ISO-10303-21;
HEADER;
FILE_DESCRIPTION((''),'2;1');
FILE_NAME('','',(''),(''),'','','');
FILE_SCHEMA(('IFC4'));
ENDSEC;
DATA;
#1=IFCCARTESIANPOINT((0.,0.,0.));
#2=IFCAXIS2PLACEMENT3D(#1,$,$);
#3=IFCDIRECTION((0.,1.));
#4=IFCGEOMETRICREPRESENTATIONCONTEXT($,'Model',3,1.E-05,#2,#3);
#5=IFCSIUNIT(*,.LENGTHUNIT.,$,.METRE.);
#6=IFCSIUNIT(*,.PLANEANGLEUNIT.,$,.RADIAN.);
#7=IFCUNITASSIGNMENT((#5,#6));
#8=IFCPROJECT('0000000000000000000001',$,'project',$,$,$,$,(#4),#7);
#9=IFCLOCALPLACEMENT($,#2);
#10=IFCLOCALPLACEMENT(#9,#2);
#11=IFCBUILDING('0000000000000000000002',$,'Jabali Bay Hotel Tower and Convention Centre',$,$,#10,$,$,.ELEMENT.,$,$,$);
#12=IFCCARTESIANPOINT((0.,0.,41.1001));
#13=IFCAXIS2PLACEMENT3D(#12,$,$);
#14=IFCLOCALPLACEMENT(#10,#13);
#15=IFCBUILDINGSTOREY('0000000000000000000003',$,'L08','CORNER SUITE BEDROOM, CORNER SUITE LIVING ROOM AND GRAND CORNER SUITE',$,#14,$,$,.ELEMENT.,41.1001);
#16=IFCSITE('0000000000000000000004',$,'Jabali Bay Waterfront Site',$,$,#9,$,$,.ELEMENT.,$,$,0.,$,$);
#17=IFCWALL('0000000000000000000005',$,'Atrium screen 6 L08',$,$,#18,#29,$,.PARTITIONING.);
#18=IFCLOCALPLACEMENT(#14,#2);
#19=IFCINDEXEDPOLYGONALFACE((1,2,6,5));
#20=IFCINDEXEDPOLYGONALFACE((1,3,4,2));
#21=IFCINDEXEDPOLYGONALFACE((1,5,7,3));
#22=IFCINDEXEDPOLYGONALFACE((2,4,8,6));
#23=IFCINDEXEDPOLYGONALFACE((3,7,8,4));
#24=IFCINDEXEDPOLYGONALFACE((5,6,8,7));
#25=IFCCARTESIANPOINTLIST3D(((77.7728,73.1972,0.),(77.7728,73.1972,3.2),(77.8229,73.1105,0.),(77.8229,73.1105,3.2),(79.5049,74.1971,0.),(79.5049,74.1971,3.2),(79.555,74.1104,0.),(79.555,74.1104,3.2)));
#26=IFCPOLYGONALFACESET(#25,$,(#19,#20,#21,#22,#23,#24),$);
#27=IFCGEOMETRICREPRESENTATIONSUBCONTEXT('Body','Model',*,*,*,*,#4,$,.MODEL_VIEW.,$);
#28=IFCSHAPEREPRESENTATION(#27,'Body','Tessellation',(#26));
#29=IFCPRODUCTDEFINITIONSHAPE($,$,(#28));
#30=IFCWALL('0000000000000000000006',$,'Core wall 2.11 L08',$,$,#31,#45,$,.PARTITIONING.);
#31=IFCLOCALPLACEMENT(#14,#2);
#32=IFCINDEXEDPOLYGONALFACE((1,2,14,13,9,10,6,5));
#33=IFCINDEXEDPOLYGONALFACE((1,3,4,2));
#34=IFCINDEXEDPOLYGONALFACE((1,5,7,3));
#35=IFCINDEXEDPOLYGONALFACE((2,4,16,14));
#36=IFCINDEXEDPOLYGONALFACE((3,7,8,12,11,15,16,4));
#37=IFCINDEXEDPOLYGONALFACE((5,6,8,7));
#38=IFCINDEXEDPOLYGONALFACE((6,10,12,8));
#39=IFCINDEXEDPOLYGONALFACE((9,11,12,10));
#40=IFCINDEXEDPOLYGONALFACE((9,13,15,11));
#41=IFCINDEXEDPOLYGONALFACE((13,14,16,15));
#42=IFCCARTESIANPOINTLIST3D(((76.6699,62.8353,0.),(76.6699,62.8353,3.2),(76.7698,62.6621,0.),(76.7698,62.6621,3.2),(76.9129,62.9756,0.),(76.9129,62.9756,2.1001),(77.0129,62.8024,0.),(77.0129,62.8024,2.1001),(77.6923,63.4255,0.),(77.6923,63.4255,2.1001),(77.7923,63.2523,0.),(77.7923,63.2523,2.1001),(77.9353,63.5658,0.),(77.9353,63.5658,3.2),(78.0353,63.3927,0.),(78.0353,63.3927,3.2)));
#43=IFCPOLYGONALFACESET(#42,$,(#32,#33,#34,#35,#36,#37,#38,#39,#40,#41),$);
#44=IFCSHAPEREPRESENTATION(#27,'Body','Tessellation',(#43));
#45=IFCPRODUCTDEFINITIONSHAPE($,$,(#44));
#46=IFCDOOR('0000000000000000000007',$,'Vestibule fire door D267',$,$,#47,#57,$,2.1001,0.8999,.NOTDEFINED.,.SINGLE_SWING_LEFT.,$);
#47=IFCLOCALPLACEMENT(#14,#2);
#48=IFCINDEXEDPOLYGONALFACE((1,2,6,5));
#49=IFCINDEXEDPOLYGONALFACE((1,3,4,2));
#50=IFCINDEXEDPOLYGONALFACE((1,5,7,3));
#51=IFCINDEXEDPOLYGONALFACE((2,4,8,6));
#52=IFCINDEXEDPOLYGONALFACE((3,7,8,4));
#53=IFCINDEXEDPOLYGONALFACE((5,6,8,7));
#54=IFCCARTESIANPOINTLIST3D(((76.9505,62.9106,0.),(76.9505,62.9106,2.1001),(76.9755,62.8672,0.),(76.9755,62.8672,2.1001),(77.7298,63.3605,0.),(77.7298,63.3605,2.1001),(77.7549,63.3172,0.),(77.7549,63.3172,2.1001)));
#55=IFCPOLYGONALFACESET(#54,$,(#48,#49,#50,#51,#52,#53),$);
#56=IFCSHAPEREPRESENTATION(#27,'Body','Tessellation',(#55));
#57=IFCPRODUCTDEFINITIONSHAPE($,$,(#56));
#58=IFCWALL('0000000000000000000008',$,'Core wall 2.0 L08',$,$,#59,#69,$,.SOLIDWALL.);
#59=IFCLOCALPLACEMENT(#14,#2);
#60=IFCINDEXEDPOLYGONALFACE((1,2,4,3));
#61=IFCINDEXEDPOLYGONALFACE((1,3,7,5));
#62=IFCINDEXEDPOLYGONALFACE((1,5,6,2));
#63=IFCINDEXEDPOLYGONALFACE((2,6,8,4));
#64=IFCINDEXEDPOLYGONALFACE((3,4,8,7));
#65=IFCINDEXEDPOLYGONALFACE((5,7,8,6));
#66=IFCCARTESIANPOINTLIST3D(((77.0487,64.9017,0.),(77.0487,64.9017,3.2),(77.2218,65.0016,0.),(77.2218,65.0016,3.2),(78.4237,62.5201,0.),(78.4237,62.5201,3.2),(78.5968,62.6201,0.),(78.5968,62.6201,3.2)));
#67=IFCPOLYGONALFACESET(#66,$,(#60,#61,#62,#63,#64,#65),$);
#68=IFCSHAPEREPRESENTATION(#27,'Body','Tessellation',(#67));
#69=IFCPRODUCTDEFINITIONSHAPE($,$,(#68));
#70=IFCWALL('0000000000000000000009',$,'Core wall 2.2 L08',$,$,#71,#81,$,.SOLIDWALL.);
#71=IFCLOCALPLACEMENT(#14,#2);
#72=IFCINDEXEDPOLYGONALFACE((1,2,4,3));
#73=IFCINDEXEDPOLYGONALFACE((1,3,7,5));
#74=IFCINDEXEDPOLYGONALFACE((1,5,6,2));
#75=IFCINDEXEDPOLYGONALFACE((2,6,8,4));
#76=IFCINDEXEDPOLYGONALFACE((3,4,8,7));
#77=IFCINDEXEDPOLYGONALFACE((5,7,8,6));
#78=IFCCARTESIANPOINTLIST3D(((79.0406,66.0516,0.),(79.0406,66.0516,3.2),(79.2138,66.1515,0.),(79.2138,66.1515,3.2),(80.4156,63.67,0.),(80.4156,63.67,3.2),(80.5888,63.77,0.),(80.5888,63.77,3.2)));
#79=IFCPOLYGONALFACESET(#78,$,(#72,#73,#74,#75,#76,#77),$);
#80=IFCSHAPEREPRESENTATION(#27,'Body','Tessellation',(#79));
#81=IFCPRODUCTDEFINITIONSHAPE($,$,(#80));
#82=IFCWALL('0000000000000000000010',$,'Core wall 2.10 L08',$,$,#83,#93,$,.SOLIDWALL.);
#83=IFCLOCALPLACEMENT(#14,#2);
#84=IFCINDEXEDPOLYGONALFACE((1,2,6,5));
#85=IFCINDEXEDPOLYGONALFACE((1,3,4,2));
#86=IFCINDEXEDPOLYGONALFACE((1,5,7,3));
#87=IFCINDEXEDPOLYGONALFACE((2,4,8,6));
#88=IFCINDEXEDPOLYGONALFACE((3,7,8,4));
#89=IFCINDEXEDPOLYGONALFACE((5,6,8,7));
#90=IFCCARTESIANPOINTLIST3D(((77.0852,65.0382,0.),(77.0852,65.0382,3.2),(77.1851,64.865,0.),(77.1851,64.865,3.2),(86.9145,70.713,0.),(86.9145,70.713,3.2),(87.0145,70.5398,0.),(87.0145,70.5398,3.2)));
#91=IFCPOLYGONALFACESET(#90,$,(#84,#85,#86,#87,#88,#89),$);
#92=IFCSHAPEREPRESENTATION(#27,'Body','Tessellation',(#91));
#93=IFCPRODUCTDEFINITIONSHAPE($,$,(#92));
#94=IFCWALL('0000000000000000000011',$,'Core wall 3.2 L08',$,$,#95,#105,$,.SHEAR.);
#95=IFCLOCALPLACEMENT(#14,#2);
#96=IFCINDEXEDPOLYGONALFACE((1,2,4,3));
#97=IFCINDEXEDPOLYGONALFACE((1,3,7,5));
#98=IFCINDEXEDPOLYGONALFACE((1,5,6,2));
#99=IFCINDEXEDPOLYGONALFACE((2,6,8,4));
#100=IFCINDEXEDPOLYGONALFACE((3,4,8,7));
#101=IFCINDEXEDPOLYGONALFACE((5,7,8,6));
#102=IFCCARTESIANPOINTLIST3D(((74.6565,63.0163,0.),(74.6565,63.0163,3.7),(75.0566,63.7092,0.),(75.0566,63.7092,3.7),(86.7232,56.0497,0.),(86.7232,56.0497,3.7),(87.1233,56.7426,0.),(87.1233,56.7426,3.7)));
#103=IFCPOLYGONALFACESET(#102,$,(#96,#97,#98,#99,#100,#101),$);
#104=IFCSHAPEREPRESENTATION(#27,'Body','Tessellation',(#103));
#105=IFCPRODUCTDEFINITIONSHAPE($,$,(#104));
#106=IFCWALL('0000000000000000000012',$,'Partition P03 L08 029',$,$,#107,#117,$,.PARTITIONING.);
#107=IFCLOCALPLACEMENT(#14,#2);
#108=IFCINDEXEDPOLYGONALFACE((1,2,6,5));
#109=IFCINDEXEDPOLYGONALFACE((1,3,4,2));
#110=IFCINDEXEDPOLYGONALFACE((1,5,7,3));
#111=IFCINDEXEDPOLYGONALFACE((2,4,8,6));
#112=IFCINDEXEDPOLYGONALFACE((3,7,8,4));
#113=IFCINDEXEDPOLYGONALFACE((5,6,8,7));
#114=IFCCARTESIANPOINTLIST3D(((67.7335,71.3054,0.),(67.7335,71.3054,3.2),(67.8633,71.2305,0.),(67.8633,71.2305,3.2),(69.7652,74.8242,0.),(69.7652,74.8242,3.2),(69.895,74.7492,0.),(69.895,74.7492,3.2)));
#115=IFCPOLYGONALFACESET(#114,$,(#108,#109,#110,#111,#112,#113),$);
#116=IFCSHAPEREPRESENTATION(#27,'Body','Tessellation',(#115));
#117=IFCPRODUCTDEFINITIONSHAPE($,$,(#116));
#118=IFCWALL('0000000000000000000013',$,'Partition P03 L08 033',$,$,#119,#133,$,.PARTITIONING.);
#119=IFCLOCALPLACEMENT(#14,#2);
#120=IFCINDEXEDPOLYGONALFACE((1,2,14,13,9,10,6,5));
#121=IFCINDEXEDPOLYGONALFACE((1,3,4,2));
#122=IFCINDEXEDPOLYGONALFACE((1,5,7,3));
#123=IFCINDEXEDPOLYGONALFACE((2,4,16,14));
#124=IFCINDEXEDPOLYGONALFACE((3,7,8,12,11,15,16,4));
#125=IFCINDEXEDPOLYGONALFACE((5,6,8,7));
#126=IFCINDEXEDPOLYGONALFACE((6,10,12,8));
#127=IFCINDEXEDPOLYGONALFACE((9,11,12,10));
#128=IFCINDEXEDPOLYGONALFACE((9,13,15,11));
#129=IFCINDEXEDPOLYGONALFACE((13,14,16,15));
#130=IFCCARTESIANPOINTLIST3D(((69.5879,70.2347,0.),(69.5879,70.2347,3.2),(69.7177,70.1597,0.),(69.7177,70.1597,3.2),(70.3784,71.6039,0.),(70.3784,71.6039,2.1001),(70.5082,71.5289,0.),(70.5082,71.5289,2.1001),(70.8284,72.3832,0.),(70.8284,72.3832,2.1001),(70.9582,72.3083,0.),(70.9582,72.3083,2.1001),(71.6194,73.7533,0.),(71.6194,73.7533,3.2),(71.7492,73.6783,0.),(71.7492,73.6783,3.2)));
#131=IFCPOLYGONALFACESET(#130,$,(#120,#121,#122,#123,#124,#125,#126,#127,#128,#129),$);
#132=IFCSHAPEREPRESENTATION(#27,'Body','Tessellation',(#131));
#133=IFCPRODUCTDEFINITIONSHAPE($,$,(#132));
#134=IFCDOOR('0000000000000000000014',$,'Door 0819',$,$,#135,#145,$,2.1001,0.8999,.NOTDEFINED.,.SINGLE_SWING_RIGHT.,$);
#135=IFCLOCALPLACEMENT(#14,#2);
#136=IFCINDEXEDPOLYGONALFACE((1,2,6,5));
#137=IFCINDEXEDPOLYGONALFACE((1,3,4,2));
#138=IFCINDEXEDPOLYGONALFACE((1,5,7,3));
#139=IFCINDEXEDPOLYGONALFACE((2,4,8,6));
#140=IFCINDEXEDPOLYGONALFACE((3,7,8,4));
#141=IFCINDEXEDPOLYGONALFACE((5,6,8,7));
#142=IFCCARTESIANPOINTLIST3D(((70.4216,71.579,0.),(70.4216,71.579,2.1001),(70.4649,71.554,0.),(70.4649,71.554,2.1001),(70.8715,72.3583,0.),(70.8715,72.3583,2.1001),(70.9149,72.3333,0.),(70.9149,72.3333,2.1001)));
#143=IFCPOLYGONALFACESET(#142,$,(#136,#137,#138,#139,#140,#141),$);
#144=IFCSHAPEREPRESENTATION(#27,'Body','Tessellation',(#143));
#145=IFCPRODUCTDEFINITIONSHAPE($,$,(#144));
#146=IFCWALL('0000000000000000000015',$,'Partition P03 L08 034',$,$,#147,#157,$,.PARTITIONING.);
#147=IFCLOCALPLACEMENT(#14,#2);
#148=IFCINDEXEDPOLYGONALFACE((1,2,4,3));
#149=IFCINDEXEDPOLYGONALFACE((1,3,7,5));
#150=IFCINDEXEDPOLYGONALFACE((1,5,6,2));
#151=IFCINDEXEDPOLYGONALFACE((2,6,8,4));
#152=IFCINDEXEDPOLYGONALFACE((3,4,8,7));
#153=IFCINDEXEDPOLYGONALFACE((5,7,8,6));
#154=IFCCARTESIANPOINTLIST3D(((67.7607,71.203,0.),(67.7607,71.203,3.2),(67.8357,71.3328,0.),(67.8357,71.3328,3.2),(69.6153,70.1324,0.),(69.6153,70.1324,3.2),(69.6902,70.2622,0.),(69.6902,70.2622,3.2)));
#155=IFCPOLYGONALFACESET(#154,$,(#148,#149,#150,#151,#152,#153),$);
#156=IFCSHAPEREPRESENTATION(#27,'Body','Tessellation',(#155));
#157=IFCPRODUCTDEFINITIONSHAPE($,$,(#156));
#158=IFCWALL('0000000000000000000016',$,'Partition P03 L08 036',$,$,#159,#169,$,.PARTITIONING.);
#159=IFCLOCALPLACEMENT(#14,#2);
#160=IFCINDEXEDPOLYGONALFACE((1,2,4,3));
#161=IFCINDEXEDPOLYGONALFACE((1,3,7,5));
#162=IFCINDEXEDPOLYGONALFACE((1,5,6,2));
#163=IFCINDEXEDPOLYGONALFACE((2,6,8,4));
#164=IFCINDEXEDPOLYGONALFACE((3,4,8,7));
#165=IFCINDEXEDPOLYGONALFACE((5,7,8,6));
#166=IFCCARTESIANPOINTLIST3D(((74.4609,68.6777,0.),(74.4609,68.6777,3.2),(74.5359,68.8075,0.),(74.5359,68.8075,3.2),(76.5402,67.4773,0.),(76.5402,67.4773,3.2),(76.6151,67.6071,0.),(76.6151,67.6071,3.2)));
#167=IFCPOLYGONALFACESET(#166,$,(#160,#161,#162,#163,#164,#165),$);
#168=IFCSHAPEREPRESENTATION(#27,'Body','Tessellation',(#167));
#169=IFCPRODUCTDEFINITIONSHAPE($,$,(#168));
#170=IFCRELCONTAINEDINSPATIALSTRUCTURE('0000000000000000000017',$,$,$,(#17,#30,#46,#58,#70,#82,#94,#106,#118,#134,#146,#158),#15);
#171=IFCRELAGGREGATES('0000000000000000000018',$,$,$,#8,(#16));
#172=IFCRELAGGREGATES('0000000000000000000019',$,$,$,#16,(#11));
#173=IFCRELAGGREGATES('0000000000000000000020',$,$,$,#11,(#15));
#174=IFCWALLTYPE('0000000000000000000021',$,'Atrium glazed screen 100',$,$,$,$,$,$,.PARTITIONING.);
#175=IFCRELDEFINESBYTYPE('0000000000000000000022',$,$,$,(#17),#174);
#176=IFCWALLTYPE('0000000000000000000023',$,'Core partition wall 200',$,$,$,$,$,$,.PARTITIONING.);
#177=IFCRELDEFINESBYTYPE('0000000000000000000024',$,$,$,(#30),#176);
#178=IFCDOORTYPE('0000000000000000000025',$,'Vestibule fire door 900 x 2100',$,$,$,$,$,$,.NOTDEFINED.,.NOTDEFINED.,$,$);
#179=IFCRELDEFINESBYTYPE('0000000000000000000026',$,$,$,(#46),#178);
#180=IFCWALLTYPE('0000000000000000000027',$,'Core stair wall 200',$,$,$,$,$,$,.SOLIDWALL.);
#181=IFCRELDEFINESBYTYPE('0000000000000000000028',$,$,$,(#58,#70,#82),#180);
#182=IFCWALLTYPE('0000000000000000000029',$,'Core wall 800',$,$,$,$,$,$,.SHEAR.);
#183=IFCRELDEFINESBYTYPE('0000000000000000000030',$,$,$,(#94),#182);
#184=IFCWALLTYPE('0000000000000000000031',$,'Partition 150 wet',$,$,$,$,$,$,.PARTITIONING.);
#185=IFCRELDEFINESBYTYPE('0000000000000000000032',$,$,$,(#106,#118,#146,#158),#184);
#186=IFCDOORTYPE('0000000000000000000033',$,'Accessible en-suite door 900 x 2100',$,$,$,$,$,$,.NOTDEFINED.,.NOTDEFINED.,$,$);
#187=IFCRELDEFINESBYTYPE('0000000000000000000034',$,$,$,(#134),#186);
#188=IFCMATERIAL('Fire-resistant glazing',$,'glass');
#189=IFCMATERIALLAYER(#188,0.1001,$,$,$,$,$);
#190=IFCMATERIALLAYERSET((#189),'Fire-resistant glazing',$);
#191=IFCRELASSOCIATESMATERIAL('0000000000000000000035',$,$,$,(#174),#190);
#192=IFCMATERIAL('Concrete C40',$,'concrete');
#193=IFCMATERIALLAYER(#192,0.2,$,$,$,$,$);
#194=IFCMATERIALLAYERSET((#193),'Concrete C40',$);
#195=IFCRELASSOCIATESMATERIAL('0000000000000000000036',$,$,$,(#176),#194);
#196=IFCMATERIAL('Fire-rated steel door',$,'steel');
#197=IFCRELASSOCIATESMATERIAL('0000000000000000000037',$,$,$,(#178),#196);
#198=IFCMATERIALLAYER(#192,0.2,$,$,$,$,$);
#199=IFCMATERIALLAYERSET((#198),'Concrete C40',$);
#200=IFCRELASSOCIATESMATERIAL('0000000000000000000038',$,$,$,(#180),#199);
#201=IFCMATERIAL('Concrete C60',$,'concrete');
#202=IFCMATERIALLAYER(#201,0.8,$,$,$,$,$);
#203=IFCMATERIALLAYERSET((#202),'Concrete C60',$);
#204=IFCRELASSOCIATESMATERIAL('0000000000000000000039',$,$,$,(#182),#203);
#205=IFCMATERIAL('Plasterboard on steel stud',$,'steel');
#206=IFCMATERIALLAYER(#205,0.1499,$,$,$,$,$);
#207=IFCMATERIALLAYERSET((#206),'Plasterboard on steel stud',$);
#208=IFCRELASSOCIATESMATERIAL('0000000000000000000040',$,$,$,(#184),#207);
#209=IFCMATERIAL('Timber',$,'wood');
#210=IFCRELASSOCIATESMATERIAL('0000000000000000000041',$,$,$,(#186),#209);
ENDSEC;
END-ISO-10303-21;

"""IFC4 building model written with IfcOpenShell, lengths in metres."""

from ifc_helpers import new_model, si_unit, direction, frame, frame_2d, origin, place, context, subcontext, project, spatial, rectangle, extrude, material, layer, layer_set, type_object, element, fill, save


model = new_model("IFC4")

# Units and contexts
model_context = context("Model", 3, precision=1e-05, world=origin(), true_north=direction((0.0, 1.0)))
body_context = subcontext(model_context, "Body", "Model", "MODEL_VIEW")
ifc_project = project(units=[si_unit("LENGTHUNIT", "METRE"), si_unit("PLANEANGLEUNIT", "RADIAN")], contexts=[model_context])

# Site, building, storey
site_placement = place(None, origin())
site = spatial("IfcSite", under=ifc_project, at=site_placement, Name="Jabali Bay Waterfront Site", CompositionType="ELEMENT", RefElevation=0.0)
building_placement = place(site_placement, origin())
building = spatial("IfcBuilding", under=site, at=building_placement, Name="Jabali Bay Hotel Tower and Convention Centre", CompositionType="ELEMENT")
storey_placement = place(building_placement, frame((0.0, 0.0, 41.1001)))
storey = spatial("IfcBuildingStorey", under=building, at=storey_placement, Name="L08", Description="CORNER SUITE BEDROOM, CORNER SUITE LIVING ROOM AND GRAND CORNER SUITE", CompositionType="ELEMENT", Elevation=41.1001)

# Wall
ifc_material_1 = material(Name="Fire-resistant glazing", Category="glass")
ifc_layer_1 = layer(ifc_material_1, 0.1001)
ifc_layer_set_1 = layer_set([ifc_layer_1], Name="Fire-resistant glazing")
wall_type_1 = type_object("IfcWallType", Name="Atrium glazed screen 100", PredefinedType="PARTITIONING", material=ifc_layer_set_1)
wall_1_placement = place(storey_placement, frame((77.7979, 73.1538, 0.0), z_axis=(0.0, 0.0, 1.0), x_axis=(0.866041, 0.499973, 0.0)))
element("IfcWall", 1, at=wall_1_placement, inside=storey, type_object=wall_type_1, Name="Atrium screen 6 L08", PredefinedType="PARTITIONING", context=body_context, shape_type="SweptSolid", body=[
    extrude(rectangle(XDim=2.0, YDim=0.1001, at=frame_2d((1.0, 0.0))), origin(), (0.0, 0.0, 1.0), 3.2),
])

# Wall, opening, door
ifc_material_2 = material(Name="Concrete C40", Category="concrete")
ifc_layer_2 = layer(ifc_material_2, 0.2)
ifc_layer_set_2 = layer_set([ifc_layer_2], Name="Concrete C40")
wall_type_2 = type_object("IfcWallType", Name="Core partition wall 200", PredefinedType="PARTITIONING", material=ifc_layer_set_2)
wall_2_placement = place(storey_placement, frame((76.72, 62.7488, 0.0), z_axis=(0.0, 0.0, 1.0), x_axis=(0.866055, 0.499949, 0.0)))
wall_2 = element("IfcWall", 2, at=wall_2_placement, inside=storey, type_object=wall_type_2, Name="Core wall 2.11 L08", PredefinedType="PARTITIONING", context=body_context, shape_type="SweptSolid", body=[
    extrude(rectangle(XDim=1.4612, YDim=0.2, at=frame_2d((0.7305, 0.0))), origin(), (0.0, 0.0, 1.0), 3.2),
])
opening_1_placement = place(wall_2_placement, frame((0.2805, 0.0, 0.0)))
opening_1 = element("IfcOpeningElement", 3, at=opening_1_placement, cuts=wall_2, PredefinedType="OPENING", context=body_context, shape_type="SweptSolid", body=[
    extrude(rectangle(XDim=0.8999, YDim=2.1001, at=frame_2d((0.45, 1.05))), frame((0.0, 0.1104, 0.0), z_axis=(0.0, -1.0, 0.0), x_axis=(1.0, 0.0, 0.0)), (0.0, 0.0, 1.0), 0.2209),
])
ifc_material_3 = material(Name="Fire-rated steel door", Category="steel")
door_type_1 = type_object("IfcDoorType", Name="Vestibule fire door 900 x 2100", OperationType="NOTDEFINED", PredefinedType="NOTDEFINED", material=ifc_material_3)
door_1_placement = place(opening_1_placement, origin())
door_1 = element("IfcDoor", 4, at=door_1_placement, inside=storey, type_object=door_type_1, Name="Vestibule fire door D267", OperationType="SINGLE_SWING_LEFT", OverallHeight=2.1001, OverallWidth=0.8999, PredefinedType="NOTDEFINED", context=body_context, shape_type="SweptSolid", body=[
    extrude(rectangle(XDim=0.8999, YDim=2.1001, at=frame_2d((0.45, 1.05))), frame((0.0, 0.0249, 0.0), z_axis=(0.0, -1.0, 0.0), x_axis=(1.0, 0.0, 0.0)), (0.0, 0.0, 1.0), 0.05),
])
fill(opening_1, door_1)

# Walls
ifc_layer_3 = layer(ifc_material_2, 0.2)
ifc_layer_set_3 = layer_set([ifc_layer_3], Name="Concrete C40")
wall_type_3 = type_object("IfcWallType", Name="Core stair wall 200", PredefinedType="SOLIDWALL", material=ifc_layer_set_3)
for number, where, z_axis, x_axis, name in (
    (5, (77.1353, 64.9517, 0.0), (0.0, 0.0, 1.0), (0.499997, -0.866027, 0.0), "Core wall 2.0 L08"),
    (6, (79.1272, 66.1016, 0.0), (0.0, 0.0, 1.0), (0.499997, -0.866027, 0.0), "Core wall 2.2 L08"),
):
    element("IfcWall", number, at=place(storey_placement, frame(where, z_axis=z_axis, x_axis=x_axis)), inside=storey, type_object=wall_type_3, Name=name, PredefinedType="SOLIDWALL", context=body_context, shape_type="SweptSolid", body=[
        extrude(rectangle(XDim=2.75, YDim=0.2, at=frame_2d((1.375, 0.0))), origin(), (0.0, 0.0, 1.0), 3.2),
    ])
wall_3_placement = place(storey_placement, frame((77.1353, 64.9517, 0.0), z_axis=(0.0, 0.0, 1.0), x_axis=(0.866032, 0.499989, 0.0)))
element("IfcWall", 7, at=wall_3_placement, inside=storey, type_object=wall_type_3, Name="Core wall 2.10 L08", PredefinedType="SOLIDWALL", context=body_context, shape_type="SweptSolid", body=[
    extrude(rectangle(XDim=11.3499, YDim=0.2, at=frame_2d((5.6748, 0.0))), origin(), (0.0, 0.0, 1.0), 3.2),
])
ifc_material_4 = material(Name="Concrete C60", Category="concrete")
ifc_layer_4 = layer(ifc_material_4, 0.8)
ifc_layer_set_4 = layer_set([ifc_layer_4], Name="Concrete C60")
wall_type_4 = type_object("IfcWallType", Name="Core wall 800", PredefinedType="SHEAR", material=ifc_layer_set_4)
wall_4_placement = place(storey_placement, frame((74.8564, 63.3628, 0.0), z_axis=(0.0, 0.0, 1.0), x_axis=(0.866029, -0.499993, 0.0)))
element("IfcWall", 8, at=wall_4_placement, inside=storey, type_object=wall_type_4, Name="Core wall 3.2 L08", PredefinedType="SHEAR", context=body_context, shape_type="SweptSolid", body=[
    extrude(rectangle(XDim=13.9333, YDim=0.8, at=frame_2d((6.9668, 0.0))), origin(), (0.0, 0.0, 1.0), 3.7),
])
ifc_material_5 = material(Name="Plasterboard on steel stud", Category="steel")
ifc_layer_5 = layer(ifc_material_5, 0.1499)
ifc_layer_set_5 = layer_set([ifc_layer_5], Name="Plasterboard on steel stud")
wall_type_5 = type_object("IfcWallType", Name="Partition 150 wet", PredefinedType="PARTITIONING", material=ifc_layer_set_5)
wall_5_placement = place(storey_placement, frame((67.7983, 71.2678, 0.0), z_axis=(0.0, 0.0, 1.0), x_axis=(0.500029, 0.866008, 0.0)))
element("IfcWall", 9, at=wall_5_placement, inside=storey, type_object=wall_type_5, Name="Partition P03 L08 029", PredefinedType="PARTITIONING", context=body_context, shape_type="SweptSolid", body=[
    extrude(rectangle(XDim=4.0632, YDim=0.1499, at=frame_2d((2.0317, 0.0))), origin(), (0.0, 0.0, 1.0), 3.2),
])

# Wall, opening, door
wall_6_placement = place(storey_placement, frame((71.6843, 73.7158, 0.0), z_axis=(0.0, 0.0, 1.0), x_axis=(-0.50001, -0.866019, 0.0)))
wall_6 = element("IfcWall", 10, at=wall_6_placement, inside=storey, type_object=wall_type_5, Name="Partition P03 L08 033", PredefinedType="PARTITIONING", context=body_context, shape_type="SweptSolid", body=[
    extrude(rectangle(XDim=4.063, YDim=0.1499, at=frame_2d((2.0315, 0.0))), origin(), (0.0, 0.0, 1.0), 3.2),
])
opening_2_placement = place(wall_6_placement, frame((1.582, 0.0, 0.0)))
opening_2 = element("IfcOpeningElement", 11, at=opening_2_placement, cuts=wall_6, PredefinedType="OPENING", context=body_context, shape_type="SweptSolid", body=[
    extrude(rectangle(XDim=0.8999, YDim=2.1001, at=frame_2d((0.45, 1.05))), frame((0.0, 0.0854, 0.0), z_axis=(0.0, -1.0, 0.0), x_axis=(1.0, 0.0, 0.0)), (0.0, 0.0, 1.0), 0.1709),
])
ifc_material_6 = material(Name="Timber", Category="wood")
door_type_2 = type_object("IfcDoorType", Name="Accessible en-suite door 900 x 2100", OperationType="NOTDEFINED", PredefinedType="NOTDEFINED", material=ifc_material_6)
door_2_placement = place(opening_2_placement, origin())
door_2 = element("IfcDoor", 12, at=door_2_placement, inside=storey, type_object=door_type_2, Name="Door 0819", OperationType="SINGLE_SWING_RIGHT", OverallHeight=2.1001, OverallWidth=0.8999, PredefinedType="NOTDEFINED", context=body_context, shape_type="SweptSolid", body=[
    extrude(rectangle(XDim=0.8999, YDim=2.1001, at=frame_2d((0.45, 1.05))), frame((0.0, 0.0249, 0.0), z_axis=(0.0, -1.0, 0.0), x_axis=(1.0, 0.0, 0.0)), (0.0, 0.0, 1.0), 0.05),
])
fill(opening_2, door_2)

# Walls
wall_7_placement = place(storey_placement, frame((69.6528, 70.1973, 0.0), z_axis=(0.0, 0.0, 1.0), x_axis=(-0.866053, 0.499953, 0.0)))
element("IfcWall", 13, at=wall_7_placement, inside=storey, type_object=wall_type_5, Name="Partition P03 L08 034", PredefinedType="PARTITIONING", context=body_context, shape_type="SweptSolid", body=[
    extrude(rectangle(XDim=2.1414, YDim=0.1499, at=frame_2d((1.0708, 0.0))), origin(), (0.0, 0.0, 1.0), 3.2),
])
wall_8_placement = place(storey_placement, frame((76.5776, 67.5422, 0.0), z_axis=(0.0, 0.0, 1.0), x_axis=(-0.866038, 0.499978, 0.0)))
element("IfcWall", 14, at=wall_8_placement, inside=storey, type_object=wall_type_5, Name="Partition P03 L08 036", PredefinedType="PARTITIONING", context=body_context, shape_type="SweptSolid", body=[
    extrude(rectangle(XDim=2.4009, YDim=0.1499, at=frame_2d((1.2004, 0.0))), origin(), (0.0, 0.0, 1.0), 3.2),
])

save(model, "model.ifc")
